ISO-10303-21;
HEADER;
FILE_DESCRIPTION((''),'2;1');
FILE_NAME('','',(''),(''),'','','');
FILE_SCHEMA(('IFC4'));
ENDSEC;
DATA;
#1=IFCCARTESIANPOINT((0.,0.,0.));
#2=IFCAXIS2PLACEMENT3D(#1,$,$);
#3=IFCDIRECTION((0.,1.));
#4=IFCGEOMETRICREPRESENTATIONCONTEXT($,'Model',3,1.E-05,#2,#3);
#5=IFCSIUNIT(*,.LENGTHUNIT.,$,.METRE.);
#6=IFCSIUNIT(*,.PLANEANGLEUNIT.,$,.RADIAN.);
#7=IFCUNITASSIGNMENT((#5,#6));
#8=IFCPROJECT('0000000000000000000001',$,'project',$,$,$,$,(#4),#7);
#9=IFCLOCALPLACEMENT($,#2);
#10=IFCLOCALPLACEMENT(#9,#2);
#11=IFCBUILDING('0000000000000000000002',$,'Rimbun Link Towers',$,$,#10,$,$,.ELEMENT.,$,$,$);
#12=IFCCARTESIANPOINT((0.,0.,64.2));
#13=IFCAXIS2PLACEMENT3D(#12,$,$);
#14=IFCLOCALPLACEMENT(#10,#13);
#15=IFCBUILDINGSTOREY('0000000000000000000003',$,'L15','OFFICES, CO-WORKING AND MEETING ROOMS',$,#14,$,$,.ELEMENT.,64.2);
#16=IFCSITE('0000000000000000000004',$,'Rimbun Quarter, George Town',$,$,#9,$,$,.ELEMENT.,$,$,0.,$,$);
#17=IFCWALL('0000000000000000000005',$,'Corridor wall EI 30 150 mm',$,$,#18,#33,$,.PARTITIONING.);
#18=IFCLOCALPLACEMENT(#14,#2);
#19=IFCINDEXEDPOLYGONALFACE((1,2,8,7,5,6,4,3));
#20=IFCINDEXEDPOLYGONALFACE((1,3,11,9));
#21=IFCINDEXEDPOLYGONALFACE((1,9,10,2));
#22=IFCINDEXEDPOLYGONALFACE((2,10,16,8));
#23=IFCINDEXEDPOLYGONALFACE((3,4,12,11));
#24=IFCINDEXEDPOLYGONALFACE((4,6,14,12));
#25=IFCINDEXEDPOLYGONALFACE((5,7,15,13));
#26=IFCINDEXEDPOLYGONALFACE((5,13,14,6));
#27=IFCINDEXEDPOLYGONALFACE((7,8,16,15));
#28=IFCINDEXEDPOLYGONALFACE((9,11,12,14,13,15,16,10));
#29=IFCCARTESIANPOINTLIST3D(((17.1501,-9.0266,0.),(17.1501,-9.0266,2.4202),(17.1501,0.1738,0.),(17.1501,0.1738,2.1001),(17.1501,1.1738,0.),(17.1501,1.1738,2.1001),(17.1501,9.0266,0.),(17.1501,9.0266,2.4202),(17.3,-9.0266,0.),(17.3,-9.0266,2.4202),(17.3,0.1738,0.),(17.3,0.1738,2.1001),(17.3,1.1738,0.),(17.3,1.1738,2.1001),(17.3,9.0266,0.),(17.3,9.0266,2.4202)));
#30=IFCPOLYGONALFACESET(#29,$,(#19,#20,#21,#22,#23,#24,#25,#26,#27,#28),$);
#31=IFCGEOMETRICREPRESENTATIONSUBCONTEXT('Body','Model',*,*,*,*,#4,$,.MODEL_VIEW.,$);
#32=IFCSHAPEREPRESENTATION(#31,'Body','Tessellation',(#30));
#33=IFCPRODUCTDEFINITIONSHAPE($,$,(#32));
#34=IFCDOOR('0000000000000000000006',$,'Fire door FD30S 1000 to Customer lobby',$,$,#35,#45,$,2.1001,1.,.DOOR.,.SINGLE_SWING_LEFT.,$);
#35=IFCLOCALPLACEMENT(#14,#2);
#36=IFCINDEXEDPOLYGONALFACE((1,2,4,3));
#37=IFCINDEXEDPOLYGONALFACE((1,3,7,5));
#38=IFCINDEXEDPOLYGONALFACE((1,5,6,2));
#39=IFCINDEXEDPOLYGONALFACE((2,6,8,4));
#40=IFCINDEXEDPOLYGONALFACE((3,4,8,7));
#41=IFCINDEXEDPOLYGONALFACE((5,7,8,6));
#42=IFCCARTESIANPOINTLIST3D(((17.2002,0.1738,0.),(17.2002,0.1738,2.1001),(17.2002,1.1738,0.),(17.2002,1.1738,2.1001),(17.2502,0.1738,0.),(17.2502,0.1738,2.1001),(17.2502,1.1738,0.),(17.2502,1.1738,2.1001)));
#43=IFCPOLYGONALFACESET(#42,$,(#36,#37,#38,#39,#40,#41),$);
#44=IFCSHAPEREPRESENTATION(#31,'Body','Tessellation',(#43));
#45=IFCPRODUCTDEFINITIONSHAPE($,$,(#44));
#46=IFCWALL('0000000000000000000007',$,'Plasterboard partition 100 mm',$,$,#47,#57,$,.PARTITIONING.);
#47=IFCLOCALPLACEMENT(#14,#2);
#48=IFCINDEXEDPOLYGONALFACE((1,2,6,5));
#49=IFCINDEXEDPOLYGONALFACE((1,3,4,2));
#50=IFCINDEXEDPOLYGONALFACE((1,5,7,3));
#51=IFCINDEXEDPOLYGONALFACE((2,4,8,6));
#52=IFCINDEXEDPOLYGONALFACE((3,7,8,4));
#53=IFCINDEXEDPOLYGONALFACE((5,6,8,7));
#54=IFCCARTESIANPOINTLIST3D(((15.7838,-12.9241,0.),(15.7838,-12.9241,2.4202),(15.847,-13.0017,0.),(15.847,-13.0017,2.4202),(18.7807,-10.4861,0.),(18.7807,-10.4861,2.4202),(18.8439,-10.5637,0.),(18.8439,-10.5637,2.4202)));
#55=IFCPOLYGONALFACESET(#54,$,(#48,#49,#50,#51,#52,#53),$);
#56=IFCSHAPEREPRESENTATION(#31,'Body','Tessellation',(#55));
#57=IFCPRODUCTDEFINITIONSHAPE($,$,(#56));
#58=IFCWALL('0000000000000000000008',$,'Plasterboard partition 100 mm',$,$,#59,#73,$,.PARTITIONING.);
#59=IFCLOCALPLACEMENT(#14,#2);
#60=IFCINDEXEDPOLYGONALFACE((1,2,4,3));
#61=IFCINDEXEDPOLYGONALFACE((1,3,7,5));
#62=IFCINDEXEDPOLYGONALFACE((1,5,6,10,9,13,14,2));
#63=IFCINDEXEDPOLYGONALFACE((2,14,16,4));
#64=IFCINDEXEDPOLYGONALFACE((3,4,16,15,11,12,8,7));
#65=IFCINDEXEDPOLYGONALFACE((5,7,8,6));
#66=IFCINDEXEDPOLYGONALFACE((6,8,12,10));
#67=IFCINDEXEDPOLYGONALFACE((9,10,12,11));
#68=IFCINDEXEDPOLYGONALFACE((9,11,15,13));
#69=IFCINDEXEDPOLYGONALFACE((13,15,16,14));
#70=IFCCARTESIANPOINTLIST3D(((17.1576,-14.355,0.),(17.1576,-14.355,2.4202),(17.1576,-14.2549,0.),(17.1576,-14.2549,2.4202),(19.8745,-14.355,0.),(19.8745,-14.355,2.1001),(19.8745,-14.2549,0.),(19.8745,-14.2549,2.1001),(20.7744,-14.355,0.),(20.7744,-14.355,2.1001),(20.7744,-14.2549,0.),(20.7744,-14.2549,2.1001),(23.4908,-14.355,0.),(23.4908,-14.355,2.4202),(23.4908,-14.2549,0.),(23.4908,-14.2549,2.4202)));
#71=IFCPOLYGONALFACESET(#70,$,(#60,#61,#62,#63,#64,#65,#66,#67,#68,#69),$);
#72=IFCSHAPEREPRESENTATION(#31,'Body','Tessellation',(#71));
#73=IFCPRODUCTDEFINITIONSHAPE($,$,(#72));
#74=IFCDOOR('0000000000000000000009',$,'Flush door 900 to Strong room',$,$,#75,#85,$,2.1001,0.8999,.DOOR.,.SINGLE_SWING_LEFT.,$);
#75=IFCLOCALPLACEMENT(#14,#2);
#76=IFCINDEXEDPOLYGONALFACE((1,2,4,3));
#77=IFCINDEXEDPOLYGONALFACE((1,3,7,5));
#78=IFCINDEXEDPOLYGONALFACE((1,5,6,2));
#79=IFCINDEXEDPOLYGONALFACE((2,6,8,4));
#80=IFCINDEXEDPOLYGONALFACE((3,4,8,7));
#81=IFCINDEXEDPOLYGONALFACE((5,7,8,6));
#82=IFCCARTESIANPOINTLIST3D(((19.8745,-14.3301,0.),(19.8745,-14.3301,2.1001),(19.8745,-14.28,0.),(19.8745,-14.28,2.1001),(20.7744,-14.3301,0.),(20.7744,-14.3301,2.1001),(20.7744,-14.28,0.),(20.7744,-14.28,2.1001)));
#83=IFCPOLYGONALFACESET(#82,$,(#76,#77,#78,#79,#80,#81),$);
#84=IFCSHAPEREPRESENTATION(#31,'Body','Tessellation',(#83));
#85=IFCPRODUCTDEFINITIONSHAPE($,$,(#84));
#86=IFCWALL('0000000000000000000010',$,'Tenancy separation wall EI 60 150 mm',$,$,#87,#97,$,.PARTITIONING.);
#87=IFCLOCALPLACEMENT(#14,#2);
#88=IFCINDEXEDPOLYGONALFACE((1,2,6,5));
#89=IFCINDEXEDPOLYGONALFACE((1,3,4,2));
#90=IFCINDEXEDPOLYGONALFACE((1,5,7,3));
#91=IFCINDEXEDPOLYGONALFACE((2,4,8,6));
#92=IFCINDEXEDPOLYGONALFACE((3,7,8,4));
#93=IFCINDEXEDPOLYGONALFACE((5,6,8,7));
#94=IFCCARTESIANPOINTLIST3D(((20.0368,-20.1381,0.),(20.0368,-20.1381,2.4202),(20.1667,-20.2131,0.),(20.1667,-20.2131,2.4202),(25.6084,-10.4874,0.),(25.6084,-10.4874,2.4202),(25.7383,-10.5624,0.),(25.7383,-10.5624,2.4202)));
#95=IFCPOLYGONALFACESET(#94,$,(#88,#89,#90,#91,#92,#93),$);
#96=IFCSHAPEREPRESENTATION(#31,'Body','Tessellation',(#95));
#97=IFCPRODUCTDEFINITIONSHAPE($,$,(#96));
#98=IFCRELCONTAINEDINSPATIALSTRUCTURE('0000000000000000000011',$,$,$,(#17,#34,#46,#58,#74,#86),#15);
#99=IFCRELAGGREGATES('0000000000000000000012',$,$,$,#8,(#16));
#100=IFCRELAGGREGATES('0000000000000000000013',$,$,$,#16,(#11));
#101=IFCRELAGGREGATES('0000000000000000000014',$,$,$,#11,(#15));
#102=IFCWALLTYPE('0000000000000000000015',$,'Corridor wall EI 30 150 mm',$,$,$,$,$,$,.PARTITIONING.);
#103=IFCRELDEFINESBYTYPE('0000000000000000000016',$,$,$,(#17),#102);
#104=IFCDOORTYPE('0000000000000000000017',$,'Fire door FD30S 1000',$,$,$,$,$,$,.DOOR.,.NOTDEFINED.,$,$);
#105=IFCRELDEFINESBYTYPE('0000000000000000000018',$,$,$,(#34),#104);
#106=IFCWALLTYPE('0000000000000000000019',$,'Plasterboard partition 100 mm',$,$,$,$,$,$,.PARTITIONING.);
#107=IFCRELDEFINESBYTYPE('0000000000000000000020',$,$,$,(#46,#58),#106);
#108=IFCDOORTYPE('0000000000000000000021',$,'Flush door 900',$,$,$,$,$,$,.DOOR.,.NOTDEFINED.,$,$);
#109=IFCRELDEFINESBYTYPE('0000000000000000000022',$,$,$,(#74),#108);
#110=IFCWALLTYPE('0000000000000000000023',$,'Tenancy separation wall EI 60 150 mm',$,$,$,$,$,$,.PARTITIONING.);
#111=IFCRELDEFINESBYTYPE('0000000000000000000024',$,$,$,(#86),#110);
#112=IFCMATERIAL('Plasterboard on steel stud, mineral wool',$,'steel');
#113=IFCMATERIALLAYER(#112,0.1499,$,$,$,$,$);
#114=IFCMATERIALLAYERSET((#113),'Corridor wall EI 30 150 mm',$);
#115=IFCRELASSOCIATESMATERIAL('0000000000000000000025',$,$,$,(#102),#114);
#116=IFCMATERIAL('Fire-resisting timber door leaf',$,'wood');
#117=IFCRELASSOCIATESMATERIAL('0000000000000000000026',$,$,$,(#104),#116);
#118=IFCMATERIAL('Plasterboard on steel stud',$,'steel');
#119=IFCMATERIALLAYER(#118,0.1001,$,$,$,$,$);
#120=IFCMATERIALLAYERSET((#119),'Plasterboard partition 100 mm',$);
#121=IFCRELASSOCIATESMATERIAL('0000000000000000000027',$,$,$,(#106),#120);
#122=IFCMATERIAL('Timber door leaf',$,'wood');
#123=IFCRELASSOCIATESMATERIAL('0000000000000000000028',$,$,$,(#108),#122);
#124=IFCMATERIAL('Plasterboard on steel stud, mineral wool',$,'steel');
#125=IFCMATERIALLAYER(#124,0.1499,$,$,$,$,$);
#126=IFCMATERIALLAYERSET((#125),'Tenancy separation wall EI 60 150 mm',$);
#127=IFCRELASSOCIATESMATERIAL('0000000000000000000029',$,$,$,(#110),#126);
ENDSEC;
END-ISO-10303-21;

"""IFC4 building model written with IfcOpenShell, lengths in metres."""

from ifc_helpers import new_model, si_unit, direction, frame, frame_2d, origin, place, context, subcontext, project, spatial, rectangle, extrude, material, layer, layer_set, type_object, element, fill, save


model = new_model("IFC4")

# Units and contexts
model_context = context("Model", 3, precision=1e-05, world=origin(), true_north=direction((0.0, 1.0)))
body_context = subcontext(model_context, "Body", "Model", "MODEL_VIEW")
ifc_project = project(units=[si_unit("LENGTHUNIT", "METRE"), si_unit("PLANEANGLEUNIT", "RADIAN")], contexts=[model_context])

# Site, building, storey
site_placement = place(None, origin())
site = spatial("IfcSite", under=ifc_project, at=site_placement, Name="Rimbun Quarter, George Town", CompositionType="ELEMENT", RefElevation=0.0)
building_placement = place(site_placement, origin())
building = spatial("IfcBuilding", under=site, at=building_placement, Name="Rimbun Link Towers", CompositionType="ELEMENT")
storey_placement = place(building_placement, frame((0.0, 0.0, 64.2)))
storey = spatial("IfcBuildingStorey", under=building, at=storey_placement, Name="L15", Description="OFFICES, CO-WORKING AND MEETING ROOMS", CompositionType="ELEMENT", Elevation=64.2)

# Shared definitions
ifc_material_1 = material(Name="Plasterboard on steel stud, mineral wool", Category="steel")
ifc_layer_1 = layer(ifc_material_1, 0.1499)
ifc_layer_set_1 = layer_set([ifc_layer_1], Name="Corridor wall EI 30 150 mm")
wall_type_1 = type_object("IfcWallType", Name="Corridor wall EI 30 150 mm", PredefinedType="PARTITIONING", material=ifc_layer_set_1)

# Wall, opening, door
wall_1_placement = place(storey_placement, frame((17.2251, -9.0266, 0.0), z_axis=(0.0, 0.0, 1.0), x_axis=(0.0, 1.0, 0.0)))
wall_1 = element("IfcWall", 1, at=wall_1_placement, inside=storey, type_object=wall_type_1, Name="Corridor wall EI 30 150 mm", PredefinedType="PARTITIONING", context=body_context, shape_type="SweptSolid", body=[
    extrude(rectangle(XDim=18.0532, YDim=0.1499, at=frame_2d((9.0266, 0.0))), origin(), (0.0, 0.0, 1.0), 2.4202),
])
opening_1_placement = place(wall_1_placement, frame((9.2004, 0.0, 0.0)))
opening_1 = element("IfcOpeningElement", 2, at=opening_1_placement, cuts=wall_1, PredefinedType="OPENING", context=body_context, shape_type="SweptSolid", body=[
    extrude(rectangle(XDim=1.0, YDim=2.1001, at=frame_2d((0.5, 1.05))), frame((0.0, 0.085, 0.0), z_axis=(0.0, -1.0, 0.0), x_axis=(1.0, 0.0, 0.0)), (0.0, 0.0, 1.0), 0.1699),
])
ifc_material_2 = material(Name="Fire-resisting timber door leaf", Category="wood")
door_type_1 = type_object("IfcDoorType", Name="Fire door FD30S 1000", OperationType="NOTDEFINED", PredefinedType="DOOR", material=ifc_material_2)
door_1_placement = place(opening_1_placement, origin())
door_1 = element("IfcDoor", 3, at=door_1_placement, inside=storey, type_object=door_type_1, Name="Fire door FD30S 1000 to Customer lobby", OperationType="SINGLE_SWING_LEFT", OverallHeight=2.1001, OverallWidth=1.0, PredefinedType="DOOR", context=body_context, shape_type="SweptSolid", body=[
    extrude(rectangle(XDim=1.0, YDim=2.1001, at=frame_2d((0.5, 1.05))), frame((0.0, 0.0249, 0.0), z_axis=(0.0, -1.0, 0.0), x_axis=(1.0, 0.0, 0.0)), (0.0, 0.0, 1.0), 0.05),
])
fill(opening_1, door_1)

# Wall
ifc_material_3 = material(Name="Plasterboard on steel stud", Category="steel")
ifc_layer_2 = layer(ifc_material_3, 0.1001)
ifc_layer_set_2 = layer_set([ifc_layer_2], Name="Plasterboard partition 100 mm")
wall_type_2 = type_object("IfcWallType", Name="Plasterboard partition 100 mm", PredefinedType="PARTITIONING", material=ifc_layer_set_2)
wall_2_placement = place(storey_placement, frame((15.8154, -12.9629, 0.0), z_axis=(0.0, 0.0, 1.0), x_axis=(0.775725, 0.631071, 0.0)))
element("IfcWall", 4, at=wall_2_placement, inside=storey, type_object=wall_type_2, Name="Plasterboard partition 100 mm", PredefinedType="PARTITIONING", context=body_context, shape_type="SweptSolid", body=[
    extrude(rectangle(XDim=3.8633, YDim=0.1001, at=frame_2d((1.9316, 0.0))), origin(), (0.0, 0.0, 1.0), 2.4202),
])

# Wall, opening, door
wall_3_placement = place(storey_placement, frame((17.1577, -14.3049, 0.0), z_axis=(0.0, 0.0, 1.0), x_axis=(1.0, 0.0, 0.0)))
wall_3 = element("IfcWall", 5, at=wall_3_placement, inside=storey, type_object=wall_type_2, Name="Plasterboard partition 100 mm", PredefinedType="PARTITIONING", context=body_context, shape_type="SweptSolid", body=[
    extrude(rectangle(XDim=6.3333, YDim=0.1001, at=frame_2d((3.1665, 0.0))), origin(), (0.0, 0.0, 1.0), 2.4202),
])
opening_2_placement = place(wall_3_placement, frame((2.7168, 0.0, 0.0)))
opening_2 = element("IfcOpeningElement", 6, at=opening_2_placement, cuts=wall_3, PredefinedType="OPENING", context=body_context, shape_type="SweptSolid", body=[
    extrude(rectangle(XDim=0.8999, YDim=2.1001, at=frame_2d((0.45, 1.05))), frame((0.0, 0.0601, 0.0), z_axis=(0.0, -1.0, 0.0), x_axis=(1.0, 0.0, 0.0)), (0.0, 0.0, 1.0), 0.1201),
])
ifc_material_4 = material(Name="Timber door leaf", Category="wood")
door_type_2 = type_object("IfcDoorType", Name="Flush door 900", OperationType="NOTDEFINED", PredefinedType="DOOR", material=ifc_material_4)
door_2_placement = place(opening_2_placement, origin())
door_2 = element("IfcDoor", 7, at=door_2_placement, inside=storey, type_object=door_type_2, Name="Flush door 900 to Strong room", OperationType="SINGLE_SWING_LEFT", OverallHeight=2.1001, OverallWidth=0.8999, PredefinedType="DOOR", context=body_context, shape_type="SweptSolid", body=[
    extrude(rectangle(XDim=0.8999, YDim=2.1001, at=frame_2d((0.45, 1.05))), frame((0.0, 0.0249, 0.0), z_axis=(0.0, -1.0, 0.0), x_axis=(1.0, 0.0, 0.0)), (0.0, 0.0, 1.0), 0.05),
])
fill(opening_2, door_2)

# Wall
ifc_material_5 = material(Name="Plasterboard on steel stud, mineral wool", Category="steel")
ifc_layer_3 = layer(ifc_material_5, 0.1499)
ifc_layer_set_3 = layer_set([ifc_layer_3], Name="Tenancy separation wall EI 60 150 mm")
wall_type_3 = type_object("IfcWallType", Name="Tenancy separation wall EI 60 150 mm", PredefinedType="PARTITIONING", material=ifc_layer_set_3)
wall_4_placement = place(storey_placement, frame((25.6733, -10.5249, 0.0), z_axis=(0.0, 0.0, 1.0), x_axis=(-0.499982, -0.866036, 0.0)))
element("IfcWall", 8, at=wall_4_placement, inside=storey, type_object=wall_type_3, Name="Tenancy separation wall EI 60 150 mm", PredefinedType="PARTITIONING", context=body_context, shape_type="SweptSolid", body=[
    extrude(rectangle(XDim=11.1436, YDim=0.1499, at=frame_2d((5.5718, 0.0))), origin(), (0.0, 0.0, 1.0), 2.4202),
])

save(model, "model.ifc")
